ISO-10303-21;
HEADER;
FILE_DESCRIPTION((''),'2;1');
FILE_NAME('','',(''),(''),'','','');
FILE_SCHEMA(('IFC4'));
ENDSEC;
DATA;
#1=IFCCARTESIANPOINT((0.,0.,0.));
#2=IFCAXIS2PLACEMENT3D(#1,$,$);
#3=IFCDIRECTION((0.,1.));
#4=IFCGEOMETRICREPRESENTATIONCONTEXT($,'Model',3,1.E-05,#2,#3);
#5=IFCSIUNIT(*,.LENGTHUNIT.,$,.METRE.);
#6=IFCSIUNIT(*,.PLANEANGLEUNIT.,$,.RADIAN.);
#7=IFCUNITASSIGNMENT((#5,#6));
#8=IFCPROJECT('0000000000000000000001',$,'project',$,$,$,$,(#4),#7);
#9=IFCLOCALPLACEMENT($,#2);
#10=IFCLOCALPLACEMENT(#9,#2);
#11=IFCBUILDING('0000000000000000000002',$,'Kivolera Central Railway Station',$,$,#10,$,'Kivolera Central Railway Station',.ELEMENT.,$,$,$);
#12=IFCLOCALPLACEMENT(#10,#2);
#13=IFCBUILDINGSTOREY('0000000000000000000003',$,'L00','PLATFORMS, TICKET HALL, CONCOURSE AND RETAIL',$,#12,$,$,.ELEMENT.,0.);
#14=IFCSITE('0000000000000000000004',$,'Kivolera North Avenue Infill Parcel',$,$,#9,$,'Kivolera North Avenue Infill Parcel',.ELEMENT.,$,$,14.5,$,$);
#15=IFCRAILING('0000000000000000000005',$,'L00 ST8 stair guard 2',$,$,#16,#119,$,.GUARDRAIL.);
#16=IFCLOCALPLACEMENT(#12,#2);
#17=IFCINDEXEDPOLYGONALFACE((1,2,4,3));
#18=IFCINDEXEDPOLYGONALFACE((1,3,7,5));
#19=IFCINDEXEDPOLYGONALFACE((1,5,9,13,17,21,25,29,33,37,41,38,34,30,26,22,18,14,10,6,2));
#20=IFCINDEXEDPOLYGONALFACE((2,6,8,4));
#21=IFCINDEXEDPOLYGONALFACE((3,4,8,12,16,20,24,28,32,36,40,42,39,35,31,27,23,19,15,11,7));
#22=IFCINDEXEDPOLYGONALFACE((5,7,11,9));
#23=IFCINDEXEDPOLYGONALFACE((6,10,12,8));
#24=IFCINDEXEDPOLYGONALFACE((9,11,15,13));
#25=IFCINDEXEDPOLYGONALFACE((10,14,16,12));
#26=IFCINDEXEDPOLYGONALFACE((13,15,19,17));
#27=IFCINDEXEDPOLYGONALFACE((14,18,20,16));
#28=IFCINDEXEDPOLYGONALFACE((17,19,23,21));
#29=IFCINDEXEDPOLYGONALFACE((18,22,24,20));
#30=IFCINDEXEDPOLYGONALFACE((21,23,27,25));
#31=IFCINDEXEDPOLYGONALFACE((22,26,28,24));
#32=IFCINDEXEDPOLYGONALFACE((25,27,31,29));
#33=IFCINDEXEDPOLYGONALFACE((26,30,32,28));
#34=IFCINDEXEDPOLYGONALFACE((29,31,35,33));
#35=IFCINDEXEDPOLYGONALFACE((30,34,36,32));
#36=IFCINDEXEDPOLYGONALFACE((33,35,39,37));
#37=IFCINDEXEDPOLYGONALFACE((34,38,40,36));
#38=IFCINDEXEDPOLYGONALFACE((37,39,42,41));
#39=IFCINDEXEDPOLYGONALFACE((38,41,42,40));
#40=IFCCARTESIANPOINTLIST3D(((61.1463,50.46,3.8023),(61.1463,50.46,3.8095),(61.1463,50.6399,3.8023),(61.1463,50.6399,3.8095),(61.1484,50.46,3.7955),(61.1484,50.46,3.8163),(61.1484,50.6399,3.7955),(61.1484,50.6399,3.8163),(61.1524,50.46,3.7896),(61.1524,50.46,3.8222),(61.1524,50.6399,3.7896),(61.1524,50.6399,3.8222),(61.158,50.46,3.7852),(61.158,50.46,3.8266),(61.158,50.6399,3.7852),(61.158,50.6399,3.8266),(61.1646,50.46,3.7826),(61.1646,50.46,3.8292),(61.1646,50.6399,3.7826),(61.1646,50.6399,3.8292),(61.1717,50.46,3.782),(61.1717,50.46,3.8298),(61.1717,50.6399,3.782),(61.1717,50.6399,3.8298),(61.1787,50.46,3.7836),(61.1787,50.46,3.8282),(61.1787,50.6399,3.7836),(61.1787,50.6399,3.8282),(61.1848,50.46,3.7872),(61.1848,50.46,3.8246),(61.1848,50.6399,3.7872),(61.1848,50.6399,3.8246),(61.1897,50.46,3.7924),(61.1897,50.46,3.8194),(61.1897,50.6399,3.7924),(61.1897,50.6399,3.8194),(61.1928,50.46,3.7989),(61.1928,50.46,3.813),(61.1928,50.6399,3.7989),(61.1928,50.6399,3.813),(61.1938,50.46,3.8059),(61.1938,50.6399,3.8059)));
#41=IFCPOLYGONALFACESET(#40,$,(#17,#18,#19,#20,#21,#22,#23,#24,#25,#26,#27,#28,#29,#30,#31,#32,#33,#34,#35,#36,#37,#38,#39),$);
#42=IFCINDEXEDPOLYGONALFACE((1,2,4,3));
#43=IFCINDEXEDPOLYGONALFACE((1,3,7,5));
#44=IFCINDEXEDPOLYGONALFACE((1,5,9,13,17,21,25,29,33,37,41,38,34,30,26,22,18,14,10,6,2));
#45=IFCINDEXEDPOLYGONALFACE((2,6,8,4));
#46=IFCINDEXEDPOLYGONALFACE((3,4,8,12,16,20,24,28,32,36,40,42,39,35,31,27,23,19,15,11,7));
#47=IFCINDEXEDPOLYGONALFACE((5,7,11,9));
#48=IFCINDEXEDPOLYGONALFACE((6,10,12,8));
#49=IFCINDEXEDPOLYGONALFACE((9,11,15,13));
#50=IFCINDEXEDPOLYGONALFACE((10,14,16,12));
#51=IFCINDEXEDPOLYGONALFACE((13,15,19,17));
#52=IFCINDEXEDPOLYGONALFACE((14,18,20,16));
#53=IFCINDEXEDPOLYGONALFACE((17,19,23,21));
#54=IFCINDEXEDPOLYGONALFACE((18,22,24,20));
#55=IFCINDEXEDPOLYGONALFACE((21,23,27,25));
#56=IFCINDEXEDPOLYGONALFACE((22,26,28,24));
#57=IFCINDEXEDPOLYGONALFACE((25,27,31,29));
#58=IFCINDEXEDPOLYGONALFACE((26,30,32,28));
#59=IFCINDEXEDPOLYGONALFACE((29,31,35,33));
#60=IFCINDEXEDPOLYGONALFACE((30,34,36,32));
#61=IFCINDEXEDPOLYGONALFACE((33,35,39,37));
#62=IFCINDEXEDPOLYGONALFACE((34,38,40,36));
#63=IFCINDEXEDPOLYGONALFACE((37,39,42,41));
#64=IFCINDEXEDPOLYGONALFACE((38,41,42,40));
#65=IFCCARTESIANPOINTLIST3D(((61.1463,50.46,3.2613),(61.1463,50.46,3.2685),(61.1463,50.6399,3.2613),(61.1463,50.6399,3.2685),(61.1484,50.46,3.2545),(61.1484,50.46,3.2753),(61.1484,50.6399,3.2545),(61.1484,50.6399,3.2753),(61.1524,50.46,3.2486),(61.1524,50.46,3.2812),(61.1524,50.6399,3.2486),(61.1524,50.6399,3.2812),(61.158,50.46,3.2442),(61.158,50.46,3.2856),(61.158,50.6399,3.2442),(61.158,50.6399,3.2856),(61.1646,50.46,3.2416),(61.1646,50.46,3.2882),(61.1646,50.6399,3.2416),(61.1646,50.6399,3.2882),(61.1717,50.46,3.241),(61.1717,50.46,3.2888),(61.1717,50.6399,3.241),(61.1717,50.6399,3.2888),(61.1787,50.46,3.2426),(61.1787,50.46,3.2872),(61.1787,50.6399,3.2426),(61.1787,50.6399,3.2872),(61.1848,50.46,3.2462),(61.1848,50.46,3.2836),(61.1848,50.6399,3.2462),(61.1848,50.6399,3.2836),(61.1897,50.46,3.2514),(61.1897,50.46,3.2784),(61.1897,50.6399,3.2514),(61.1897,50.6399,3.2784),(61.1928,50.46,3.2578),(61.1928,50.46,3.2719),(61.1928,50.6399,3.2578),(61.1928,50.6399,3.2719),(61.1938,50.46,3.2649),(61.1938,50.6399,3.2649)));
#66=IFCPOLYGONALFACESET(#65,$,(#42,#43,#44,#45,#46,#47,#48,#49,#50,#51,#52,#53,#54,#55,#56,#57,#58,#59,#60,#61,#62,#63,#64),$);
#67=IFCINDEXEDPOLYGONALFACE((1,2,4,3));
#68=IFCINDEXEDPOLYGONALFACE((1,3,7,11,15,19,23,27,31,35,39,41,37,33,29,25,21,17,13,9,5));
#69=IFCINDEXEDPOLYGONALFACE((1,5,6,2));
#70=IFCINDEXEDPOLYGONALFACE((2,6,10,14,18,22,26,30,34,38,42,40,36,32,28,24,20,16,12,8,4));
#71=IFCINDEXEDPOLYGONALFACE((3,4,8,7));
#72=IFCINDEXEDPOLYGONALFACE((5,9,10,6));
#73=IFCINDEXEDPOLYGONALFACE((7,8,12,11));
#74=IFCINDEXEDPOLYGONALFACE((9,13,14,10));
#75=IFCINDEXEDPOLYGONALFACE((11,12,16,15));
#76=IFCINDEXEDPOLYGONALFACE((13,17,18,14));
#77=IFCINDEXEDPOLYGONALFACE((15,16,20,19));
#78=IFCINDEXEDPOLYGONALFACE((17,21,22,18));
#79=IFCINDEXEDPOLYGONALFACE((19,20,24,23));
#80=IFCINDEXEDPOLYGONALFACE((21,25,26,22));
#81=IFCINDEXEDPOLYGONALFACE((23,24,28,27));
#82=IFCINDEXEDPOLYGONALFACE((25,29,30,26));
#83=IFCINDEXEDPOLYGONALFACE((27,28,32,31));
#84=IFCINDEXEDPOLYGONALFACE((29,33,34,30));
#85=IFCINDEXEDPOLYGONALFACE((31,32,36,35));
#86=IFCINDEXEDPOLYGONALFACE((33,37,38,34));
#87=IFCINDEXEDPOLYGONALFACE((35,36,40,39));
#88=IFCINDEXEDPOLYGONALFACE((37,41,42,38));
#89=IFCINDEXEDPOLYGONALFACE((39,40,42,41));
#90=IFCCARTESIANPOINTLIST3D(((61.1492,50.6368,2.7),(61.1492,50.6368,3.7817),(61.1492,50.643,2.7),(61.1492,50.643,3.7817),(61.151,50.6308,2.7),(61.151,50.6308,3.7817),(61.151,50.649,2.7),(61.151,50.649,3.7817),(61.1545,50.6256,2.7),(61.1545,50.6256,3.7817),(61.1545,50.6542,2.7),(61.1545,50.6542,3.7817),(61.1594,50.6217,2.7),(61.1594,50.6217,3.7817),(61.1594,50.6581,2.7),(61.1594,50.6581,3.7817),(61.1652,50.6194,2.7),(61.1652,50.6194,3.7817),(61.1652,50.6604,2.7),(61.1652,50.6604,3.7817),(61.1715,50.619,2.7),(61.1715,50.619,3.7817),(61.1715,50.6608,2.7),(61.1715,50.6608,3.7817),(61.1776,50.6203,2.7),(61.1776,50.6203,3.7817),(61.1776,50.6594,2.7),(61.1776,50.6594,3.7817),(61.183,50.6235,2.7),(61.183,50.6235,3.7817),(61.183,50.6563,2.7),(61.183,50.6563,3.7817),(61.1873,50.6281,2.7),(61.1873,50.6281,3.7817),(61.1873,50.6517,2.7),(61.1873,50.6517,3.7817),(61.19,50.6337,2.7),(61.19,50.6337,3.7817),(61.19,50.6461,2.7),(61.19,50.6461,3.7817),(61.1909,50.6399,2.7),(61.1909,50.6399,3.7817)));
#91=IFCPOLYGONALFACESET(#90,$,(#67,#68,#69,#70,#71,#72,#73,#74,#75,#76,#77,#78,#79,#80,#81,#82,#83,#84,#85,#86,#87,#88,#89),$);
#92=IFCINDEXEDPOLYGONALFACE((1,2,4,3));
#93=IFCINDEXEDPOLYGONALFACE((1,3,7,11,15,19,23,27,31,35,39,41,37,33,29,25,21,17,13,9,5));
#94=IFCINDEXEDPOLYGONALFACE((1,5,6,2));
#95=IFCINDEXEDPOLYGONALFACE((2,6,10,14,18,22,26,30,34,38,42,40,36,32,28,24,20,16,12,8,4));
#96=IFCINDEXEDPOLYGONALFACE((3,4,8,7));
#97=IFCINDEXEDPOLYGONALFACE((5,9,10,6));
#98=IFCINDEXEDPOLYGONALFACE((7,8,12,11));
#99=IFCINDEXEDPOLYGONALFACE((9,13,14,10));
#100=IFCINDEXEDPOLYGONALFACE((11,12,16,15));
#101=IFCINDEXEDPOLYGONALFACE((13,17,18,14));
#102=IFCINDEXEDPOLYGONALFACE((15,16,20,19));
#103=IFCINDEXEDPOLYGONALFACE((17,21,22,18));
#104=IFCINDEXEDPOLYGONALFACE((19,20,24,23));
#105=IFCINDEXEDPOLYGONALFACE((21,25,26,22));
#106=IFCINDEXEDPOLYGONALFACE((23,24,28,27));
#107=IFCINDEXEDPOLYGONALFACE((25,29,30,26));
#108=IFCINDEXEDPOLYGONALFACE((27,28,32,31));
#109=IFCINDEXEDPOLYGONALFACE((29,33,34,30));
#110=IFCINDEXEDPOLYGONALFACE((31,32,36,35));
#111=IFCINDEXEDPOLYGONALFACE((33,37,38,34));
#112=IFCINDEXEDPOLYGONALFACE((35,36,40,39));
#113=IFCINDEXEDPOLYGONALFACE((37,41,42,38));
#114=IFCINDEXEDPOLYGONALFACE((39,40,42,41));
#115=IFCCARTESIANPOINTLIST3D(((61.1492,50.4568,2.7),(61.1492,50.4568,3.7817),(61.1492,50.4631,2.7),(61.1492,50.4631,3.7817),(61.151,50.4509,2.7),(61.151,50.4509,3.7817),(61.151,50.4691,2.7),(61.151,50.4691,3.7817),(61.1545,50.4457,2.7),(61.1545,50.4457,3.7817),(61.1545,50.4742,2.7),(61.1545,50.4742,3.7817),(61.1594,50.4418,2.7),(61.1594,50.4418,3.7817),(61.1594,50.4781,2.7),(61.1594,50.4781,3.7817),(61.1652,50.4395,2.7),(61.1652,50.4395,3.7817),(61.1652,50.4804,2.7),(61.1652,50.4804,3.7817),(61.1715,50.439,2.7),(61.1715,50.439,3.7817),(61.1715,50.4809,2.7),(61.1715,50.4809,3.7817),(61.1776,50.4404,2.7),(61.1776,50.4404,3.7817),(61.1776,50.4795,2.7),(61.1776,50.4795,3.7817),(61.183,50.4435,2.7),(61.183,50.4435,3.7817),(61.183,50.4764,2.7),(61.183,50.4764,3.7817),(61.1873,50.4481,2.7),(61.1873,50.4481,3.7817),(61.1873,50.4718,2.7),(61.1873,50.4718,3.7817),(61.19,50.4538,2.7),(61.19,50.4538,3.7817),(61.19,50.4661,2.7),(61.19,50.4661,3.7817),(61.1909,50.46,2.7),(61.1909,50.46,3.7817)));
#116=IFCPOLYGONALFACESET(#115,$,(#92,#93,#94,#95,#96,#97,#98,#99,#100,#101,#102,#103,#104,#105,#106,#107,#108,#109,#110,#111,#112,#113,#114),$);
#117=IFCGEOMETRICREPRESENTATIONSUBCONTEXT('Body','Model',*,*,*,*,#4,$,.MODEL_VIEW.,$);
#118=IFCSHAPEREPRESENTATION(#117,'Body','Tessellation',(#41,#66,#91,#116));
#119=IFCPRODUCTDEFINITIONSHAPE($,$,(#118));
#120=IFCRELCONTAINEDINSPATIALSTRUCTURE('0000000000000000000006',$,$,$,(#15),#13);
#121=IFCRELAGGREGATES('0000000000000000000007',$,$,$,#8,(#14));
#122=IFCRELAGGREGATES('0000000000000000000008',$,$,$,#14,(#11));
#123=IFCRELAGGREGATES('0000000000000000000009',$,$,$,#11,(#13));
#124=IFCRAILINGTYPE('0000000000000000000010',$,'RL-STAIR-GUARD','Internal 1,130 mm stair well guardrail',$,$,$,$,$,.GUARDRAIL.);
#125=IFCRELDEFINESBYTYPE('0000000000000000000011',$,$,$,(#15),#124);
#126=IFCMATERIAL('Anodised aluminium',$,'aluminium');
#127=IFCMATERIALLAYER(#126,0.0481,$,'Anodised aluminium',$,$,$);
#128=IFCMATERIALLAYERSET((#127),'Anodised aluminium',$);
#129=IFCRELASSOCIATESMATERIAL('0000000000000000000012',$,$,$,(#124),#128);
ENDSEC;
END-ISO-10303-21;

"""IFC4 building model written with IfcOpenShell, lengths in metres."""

from ifc_helpers import new_model, si_unit, direction, frame, origin, origin_2d, place, context, subcontext, project, spatial, circle, extrude, material, layer, layer_set, type_object, element, save


model = new_model("IFC4")

# Units and contexts
model_context = context("Model", 3, precision=1e-05, world=origin(), true_north=direction((0.0, 1.0)))
body_context = subcontext(model_context, "Body", "Model", "MODEL_VIEW")
ifc_project = project(units=[si_unit("LENGTHUNIT", "METRE"), si_unit("PLANEANGLEUNIT", "RADIAN")], contexts=[model_context])

# Site, building, storey
site_placement = place(None, origin())
site = spatial("IfcSite", under=ifc_project, at=site_placement, Name="Kivolera North Avenue Infill Parcel", LongName="Kivolera North Avenue Infill Parcel", CompositionType="ELEMENT", RefElevation=14.5)
building_placement = place(site_placement, origin())
building = spatial("IfcBuilding", under=site, at=building_placement, Name="Kivolera Central Railway Station", LongName="Kivolera Central Railway Station", CompositionType="ELEMENT")
storey_placement = place(building_placement, origin())
storey = spatial("IfcBuildingStorey", under=building, at=storey_placement, Name="L00", Description="PLATFORMS, TICKET HALL, CONCOURSE AND RETAIL", CompositionType="ELEMENT", Elevation=0.0)

# Railing
ifc_material_1 = material(Name="Anodised aluminium", Category="aluminium")
ifc_layer_1 = layer(ifc_material_1, 0.0481, Name="Anodised aluminium")
ifc_layer_set_1 = layer_set([ifc_layer_1], Name="Anodised aluminium")
railing_type_1 = type_object("IfcRailingType", Name="RL-STAIR-GUARD", Description="Internal 1,130 mm stair well guardrail", PredefinedType="GUARDRAIL", material=ifc_layer_set_1)
railing_1_placement = place(storey_placement, frame((61.1699, 50.6399, 2.7)))
element("IfcRailing", 1, at=railing_1_placement, inside=storey, type_object=railing_type_1, Name="L00 ST8 stair guard 2", PredefinedType="GUARDRAIL", context=body_context, shape_type="SweptSolid", body=[
    extrude(circle(Radius=0.0239, at=origin_2d()), frame((0.0, 0.0, 1.106), z_axis=(0.0, -1.0, 0.0), x_axis=(1.0, 0.0, 0.0)), (0.0, 0.0, 1.0), 0.1799),
    extrude(circle(Radius=0.0239, at=origin_2d()), frame((0.0, 0.0, 0.5649), z_axis=(0.0, -1.0, 0.0), x_axis=(1.0, 0.0, 0.0)), (0.0, 0.0, 1.0), 0.1799),
    extrude(circle(Radius=0.021, at=origin_2d()), origin(), (0.0, 0.0, 1.0), 1.0818),
    extrude(circle(Radius=0.021, at=origin_2d()), frame((0.0, -0.1799, 0.0)), (0.0, 0.0, 1.0), 1.0818),
])

save(model, "model.ifc")
